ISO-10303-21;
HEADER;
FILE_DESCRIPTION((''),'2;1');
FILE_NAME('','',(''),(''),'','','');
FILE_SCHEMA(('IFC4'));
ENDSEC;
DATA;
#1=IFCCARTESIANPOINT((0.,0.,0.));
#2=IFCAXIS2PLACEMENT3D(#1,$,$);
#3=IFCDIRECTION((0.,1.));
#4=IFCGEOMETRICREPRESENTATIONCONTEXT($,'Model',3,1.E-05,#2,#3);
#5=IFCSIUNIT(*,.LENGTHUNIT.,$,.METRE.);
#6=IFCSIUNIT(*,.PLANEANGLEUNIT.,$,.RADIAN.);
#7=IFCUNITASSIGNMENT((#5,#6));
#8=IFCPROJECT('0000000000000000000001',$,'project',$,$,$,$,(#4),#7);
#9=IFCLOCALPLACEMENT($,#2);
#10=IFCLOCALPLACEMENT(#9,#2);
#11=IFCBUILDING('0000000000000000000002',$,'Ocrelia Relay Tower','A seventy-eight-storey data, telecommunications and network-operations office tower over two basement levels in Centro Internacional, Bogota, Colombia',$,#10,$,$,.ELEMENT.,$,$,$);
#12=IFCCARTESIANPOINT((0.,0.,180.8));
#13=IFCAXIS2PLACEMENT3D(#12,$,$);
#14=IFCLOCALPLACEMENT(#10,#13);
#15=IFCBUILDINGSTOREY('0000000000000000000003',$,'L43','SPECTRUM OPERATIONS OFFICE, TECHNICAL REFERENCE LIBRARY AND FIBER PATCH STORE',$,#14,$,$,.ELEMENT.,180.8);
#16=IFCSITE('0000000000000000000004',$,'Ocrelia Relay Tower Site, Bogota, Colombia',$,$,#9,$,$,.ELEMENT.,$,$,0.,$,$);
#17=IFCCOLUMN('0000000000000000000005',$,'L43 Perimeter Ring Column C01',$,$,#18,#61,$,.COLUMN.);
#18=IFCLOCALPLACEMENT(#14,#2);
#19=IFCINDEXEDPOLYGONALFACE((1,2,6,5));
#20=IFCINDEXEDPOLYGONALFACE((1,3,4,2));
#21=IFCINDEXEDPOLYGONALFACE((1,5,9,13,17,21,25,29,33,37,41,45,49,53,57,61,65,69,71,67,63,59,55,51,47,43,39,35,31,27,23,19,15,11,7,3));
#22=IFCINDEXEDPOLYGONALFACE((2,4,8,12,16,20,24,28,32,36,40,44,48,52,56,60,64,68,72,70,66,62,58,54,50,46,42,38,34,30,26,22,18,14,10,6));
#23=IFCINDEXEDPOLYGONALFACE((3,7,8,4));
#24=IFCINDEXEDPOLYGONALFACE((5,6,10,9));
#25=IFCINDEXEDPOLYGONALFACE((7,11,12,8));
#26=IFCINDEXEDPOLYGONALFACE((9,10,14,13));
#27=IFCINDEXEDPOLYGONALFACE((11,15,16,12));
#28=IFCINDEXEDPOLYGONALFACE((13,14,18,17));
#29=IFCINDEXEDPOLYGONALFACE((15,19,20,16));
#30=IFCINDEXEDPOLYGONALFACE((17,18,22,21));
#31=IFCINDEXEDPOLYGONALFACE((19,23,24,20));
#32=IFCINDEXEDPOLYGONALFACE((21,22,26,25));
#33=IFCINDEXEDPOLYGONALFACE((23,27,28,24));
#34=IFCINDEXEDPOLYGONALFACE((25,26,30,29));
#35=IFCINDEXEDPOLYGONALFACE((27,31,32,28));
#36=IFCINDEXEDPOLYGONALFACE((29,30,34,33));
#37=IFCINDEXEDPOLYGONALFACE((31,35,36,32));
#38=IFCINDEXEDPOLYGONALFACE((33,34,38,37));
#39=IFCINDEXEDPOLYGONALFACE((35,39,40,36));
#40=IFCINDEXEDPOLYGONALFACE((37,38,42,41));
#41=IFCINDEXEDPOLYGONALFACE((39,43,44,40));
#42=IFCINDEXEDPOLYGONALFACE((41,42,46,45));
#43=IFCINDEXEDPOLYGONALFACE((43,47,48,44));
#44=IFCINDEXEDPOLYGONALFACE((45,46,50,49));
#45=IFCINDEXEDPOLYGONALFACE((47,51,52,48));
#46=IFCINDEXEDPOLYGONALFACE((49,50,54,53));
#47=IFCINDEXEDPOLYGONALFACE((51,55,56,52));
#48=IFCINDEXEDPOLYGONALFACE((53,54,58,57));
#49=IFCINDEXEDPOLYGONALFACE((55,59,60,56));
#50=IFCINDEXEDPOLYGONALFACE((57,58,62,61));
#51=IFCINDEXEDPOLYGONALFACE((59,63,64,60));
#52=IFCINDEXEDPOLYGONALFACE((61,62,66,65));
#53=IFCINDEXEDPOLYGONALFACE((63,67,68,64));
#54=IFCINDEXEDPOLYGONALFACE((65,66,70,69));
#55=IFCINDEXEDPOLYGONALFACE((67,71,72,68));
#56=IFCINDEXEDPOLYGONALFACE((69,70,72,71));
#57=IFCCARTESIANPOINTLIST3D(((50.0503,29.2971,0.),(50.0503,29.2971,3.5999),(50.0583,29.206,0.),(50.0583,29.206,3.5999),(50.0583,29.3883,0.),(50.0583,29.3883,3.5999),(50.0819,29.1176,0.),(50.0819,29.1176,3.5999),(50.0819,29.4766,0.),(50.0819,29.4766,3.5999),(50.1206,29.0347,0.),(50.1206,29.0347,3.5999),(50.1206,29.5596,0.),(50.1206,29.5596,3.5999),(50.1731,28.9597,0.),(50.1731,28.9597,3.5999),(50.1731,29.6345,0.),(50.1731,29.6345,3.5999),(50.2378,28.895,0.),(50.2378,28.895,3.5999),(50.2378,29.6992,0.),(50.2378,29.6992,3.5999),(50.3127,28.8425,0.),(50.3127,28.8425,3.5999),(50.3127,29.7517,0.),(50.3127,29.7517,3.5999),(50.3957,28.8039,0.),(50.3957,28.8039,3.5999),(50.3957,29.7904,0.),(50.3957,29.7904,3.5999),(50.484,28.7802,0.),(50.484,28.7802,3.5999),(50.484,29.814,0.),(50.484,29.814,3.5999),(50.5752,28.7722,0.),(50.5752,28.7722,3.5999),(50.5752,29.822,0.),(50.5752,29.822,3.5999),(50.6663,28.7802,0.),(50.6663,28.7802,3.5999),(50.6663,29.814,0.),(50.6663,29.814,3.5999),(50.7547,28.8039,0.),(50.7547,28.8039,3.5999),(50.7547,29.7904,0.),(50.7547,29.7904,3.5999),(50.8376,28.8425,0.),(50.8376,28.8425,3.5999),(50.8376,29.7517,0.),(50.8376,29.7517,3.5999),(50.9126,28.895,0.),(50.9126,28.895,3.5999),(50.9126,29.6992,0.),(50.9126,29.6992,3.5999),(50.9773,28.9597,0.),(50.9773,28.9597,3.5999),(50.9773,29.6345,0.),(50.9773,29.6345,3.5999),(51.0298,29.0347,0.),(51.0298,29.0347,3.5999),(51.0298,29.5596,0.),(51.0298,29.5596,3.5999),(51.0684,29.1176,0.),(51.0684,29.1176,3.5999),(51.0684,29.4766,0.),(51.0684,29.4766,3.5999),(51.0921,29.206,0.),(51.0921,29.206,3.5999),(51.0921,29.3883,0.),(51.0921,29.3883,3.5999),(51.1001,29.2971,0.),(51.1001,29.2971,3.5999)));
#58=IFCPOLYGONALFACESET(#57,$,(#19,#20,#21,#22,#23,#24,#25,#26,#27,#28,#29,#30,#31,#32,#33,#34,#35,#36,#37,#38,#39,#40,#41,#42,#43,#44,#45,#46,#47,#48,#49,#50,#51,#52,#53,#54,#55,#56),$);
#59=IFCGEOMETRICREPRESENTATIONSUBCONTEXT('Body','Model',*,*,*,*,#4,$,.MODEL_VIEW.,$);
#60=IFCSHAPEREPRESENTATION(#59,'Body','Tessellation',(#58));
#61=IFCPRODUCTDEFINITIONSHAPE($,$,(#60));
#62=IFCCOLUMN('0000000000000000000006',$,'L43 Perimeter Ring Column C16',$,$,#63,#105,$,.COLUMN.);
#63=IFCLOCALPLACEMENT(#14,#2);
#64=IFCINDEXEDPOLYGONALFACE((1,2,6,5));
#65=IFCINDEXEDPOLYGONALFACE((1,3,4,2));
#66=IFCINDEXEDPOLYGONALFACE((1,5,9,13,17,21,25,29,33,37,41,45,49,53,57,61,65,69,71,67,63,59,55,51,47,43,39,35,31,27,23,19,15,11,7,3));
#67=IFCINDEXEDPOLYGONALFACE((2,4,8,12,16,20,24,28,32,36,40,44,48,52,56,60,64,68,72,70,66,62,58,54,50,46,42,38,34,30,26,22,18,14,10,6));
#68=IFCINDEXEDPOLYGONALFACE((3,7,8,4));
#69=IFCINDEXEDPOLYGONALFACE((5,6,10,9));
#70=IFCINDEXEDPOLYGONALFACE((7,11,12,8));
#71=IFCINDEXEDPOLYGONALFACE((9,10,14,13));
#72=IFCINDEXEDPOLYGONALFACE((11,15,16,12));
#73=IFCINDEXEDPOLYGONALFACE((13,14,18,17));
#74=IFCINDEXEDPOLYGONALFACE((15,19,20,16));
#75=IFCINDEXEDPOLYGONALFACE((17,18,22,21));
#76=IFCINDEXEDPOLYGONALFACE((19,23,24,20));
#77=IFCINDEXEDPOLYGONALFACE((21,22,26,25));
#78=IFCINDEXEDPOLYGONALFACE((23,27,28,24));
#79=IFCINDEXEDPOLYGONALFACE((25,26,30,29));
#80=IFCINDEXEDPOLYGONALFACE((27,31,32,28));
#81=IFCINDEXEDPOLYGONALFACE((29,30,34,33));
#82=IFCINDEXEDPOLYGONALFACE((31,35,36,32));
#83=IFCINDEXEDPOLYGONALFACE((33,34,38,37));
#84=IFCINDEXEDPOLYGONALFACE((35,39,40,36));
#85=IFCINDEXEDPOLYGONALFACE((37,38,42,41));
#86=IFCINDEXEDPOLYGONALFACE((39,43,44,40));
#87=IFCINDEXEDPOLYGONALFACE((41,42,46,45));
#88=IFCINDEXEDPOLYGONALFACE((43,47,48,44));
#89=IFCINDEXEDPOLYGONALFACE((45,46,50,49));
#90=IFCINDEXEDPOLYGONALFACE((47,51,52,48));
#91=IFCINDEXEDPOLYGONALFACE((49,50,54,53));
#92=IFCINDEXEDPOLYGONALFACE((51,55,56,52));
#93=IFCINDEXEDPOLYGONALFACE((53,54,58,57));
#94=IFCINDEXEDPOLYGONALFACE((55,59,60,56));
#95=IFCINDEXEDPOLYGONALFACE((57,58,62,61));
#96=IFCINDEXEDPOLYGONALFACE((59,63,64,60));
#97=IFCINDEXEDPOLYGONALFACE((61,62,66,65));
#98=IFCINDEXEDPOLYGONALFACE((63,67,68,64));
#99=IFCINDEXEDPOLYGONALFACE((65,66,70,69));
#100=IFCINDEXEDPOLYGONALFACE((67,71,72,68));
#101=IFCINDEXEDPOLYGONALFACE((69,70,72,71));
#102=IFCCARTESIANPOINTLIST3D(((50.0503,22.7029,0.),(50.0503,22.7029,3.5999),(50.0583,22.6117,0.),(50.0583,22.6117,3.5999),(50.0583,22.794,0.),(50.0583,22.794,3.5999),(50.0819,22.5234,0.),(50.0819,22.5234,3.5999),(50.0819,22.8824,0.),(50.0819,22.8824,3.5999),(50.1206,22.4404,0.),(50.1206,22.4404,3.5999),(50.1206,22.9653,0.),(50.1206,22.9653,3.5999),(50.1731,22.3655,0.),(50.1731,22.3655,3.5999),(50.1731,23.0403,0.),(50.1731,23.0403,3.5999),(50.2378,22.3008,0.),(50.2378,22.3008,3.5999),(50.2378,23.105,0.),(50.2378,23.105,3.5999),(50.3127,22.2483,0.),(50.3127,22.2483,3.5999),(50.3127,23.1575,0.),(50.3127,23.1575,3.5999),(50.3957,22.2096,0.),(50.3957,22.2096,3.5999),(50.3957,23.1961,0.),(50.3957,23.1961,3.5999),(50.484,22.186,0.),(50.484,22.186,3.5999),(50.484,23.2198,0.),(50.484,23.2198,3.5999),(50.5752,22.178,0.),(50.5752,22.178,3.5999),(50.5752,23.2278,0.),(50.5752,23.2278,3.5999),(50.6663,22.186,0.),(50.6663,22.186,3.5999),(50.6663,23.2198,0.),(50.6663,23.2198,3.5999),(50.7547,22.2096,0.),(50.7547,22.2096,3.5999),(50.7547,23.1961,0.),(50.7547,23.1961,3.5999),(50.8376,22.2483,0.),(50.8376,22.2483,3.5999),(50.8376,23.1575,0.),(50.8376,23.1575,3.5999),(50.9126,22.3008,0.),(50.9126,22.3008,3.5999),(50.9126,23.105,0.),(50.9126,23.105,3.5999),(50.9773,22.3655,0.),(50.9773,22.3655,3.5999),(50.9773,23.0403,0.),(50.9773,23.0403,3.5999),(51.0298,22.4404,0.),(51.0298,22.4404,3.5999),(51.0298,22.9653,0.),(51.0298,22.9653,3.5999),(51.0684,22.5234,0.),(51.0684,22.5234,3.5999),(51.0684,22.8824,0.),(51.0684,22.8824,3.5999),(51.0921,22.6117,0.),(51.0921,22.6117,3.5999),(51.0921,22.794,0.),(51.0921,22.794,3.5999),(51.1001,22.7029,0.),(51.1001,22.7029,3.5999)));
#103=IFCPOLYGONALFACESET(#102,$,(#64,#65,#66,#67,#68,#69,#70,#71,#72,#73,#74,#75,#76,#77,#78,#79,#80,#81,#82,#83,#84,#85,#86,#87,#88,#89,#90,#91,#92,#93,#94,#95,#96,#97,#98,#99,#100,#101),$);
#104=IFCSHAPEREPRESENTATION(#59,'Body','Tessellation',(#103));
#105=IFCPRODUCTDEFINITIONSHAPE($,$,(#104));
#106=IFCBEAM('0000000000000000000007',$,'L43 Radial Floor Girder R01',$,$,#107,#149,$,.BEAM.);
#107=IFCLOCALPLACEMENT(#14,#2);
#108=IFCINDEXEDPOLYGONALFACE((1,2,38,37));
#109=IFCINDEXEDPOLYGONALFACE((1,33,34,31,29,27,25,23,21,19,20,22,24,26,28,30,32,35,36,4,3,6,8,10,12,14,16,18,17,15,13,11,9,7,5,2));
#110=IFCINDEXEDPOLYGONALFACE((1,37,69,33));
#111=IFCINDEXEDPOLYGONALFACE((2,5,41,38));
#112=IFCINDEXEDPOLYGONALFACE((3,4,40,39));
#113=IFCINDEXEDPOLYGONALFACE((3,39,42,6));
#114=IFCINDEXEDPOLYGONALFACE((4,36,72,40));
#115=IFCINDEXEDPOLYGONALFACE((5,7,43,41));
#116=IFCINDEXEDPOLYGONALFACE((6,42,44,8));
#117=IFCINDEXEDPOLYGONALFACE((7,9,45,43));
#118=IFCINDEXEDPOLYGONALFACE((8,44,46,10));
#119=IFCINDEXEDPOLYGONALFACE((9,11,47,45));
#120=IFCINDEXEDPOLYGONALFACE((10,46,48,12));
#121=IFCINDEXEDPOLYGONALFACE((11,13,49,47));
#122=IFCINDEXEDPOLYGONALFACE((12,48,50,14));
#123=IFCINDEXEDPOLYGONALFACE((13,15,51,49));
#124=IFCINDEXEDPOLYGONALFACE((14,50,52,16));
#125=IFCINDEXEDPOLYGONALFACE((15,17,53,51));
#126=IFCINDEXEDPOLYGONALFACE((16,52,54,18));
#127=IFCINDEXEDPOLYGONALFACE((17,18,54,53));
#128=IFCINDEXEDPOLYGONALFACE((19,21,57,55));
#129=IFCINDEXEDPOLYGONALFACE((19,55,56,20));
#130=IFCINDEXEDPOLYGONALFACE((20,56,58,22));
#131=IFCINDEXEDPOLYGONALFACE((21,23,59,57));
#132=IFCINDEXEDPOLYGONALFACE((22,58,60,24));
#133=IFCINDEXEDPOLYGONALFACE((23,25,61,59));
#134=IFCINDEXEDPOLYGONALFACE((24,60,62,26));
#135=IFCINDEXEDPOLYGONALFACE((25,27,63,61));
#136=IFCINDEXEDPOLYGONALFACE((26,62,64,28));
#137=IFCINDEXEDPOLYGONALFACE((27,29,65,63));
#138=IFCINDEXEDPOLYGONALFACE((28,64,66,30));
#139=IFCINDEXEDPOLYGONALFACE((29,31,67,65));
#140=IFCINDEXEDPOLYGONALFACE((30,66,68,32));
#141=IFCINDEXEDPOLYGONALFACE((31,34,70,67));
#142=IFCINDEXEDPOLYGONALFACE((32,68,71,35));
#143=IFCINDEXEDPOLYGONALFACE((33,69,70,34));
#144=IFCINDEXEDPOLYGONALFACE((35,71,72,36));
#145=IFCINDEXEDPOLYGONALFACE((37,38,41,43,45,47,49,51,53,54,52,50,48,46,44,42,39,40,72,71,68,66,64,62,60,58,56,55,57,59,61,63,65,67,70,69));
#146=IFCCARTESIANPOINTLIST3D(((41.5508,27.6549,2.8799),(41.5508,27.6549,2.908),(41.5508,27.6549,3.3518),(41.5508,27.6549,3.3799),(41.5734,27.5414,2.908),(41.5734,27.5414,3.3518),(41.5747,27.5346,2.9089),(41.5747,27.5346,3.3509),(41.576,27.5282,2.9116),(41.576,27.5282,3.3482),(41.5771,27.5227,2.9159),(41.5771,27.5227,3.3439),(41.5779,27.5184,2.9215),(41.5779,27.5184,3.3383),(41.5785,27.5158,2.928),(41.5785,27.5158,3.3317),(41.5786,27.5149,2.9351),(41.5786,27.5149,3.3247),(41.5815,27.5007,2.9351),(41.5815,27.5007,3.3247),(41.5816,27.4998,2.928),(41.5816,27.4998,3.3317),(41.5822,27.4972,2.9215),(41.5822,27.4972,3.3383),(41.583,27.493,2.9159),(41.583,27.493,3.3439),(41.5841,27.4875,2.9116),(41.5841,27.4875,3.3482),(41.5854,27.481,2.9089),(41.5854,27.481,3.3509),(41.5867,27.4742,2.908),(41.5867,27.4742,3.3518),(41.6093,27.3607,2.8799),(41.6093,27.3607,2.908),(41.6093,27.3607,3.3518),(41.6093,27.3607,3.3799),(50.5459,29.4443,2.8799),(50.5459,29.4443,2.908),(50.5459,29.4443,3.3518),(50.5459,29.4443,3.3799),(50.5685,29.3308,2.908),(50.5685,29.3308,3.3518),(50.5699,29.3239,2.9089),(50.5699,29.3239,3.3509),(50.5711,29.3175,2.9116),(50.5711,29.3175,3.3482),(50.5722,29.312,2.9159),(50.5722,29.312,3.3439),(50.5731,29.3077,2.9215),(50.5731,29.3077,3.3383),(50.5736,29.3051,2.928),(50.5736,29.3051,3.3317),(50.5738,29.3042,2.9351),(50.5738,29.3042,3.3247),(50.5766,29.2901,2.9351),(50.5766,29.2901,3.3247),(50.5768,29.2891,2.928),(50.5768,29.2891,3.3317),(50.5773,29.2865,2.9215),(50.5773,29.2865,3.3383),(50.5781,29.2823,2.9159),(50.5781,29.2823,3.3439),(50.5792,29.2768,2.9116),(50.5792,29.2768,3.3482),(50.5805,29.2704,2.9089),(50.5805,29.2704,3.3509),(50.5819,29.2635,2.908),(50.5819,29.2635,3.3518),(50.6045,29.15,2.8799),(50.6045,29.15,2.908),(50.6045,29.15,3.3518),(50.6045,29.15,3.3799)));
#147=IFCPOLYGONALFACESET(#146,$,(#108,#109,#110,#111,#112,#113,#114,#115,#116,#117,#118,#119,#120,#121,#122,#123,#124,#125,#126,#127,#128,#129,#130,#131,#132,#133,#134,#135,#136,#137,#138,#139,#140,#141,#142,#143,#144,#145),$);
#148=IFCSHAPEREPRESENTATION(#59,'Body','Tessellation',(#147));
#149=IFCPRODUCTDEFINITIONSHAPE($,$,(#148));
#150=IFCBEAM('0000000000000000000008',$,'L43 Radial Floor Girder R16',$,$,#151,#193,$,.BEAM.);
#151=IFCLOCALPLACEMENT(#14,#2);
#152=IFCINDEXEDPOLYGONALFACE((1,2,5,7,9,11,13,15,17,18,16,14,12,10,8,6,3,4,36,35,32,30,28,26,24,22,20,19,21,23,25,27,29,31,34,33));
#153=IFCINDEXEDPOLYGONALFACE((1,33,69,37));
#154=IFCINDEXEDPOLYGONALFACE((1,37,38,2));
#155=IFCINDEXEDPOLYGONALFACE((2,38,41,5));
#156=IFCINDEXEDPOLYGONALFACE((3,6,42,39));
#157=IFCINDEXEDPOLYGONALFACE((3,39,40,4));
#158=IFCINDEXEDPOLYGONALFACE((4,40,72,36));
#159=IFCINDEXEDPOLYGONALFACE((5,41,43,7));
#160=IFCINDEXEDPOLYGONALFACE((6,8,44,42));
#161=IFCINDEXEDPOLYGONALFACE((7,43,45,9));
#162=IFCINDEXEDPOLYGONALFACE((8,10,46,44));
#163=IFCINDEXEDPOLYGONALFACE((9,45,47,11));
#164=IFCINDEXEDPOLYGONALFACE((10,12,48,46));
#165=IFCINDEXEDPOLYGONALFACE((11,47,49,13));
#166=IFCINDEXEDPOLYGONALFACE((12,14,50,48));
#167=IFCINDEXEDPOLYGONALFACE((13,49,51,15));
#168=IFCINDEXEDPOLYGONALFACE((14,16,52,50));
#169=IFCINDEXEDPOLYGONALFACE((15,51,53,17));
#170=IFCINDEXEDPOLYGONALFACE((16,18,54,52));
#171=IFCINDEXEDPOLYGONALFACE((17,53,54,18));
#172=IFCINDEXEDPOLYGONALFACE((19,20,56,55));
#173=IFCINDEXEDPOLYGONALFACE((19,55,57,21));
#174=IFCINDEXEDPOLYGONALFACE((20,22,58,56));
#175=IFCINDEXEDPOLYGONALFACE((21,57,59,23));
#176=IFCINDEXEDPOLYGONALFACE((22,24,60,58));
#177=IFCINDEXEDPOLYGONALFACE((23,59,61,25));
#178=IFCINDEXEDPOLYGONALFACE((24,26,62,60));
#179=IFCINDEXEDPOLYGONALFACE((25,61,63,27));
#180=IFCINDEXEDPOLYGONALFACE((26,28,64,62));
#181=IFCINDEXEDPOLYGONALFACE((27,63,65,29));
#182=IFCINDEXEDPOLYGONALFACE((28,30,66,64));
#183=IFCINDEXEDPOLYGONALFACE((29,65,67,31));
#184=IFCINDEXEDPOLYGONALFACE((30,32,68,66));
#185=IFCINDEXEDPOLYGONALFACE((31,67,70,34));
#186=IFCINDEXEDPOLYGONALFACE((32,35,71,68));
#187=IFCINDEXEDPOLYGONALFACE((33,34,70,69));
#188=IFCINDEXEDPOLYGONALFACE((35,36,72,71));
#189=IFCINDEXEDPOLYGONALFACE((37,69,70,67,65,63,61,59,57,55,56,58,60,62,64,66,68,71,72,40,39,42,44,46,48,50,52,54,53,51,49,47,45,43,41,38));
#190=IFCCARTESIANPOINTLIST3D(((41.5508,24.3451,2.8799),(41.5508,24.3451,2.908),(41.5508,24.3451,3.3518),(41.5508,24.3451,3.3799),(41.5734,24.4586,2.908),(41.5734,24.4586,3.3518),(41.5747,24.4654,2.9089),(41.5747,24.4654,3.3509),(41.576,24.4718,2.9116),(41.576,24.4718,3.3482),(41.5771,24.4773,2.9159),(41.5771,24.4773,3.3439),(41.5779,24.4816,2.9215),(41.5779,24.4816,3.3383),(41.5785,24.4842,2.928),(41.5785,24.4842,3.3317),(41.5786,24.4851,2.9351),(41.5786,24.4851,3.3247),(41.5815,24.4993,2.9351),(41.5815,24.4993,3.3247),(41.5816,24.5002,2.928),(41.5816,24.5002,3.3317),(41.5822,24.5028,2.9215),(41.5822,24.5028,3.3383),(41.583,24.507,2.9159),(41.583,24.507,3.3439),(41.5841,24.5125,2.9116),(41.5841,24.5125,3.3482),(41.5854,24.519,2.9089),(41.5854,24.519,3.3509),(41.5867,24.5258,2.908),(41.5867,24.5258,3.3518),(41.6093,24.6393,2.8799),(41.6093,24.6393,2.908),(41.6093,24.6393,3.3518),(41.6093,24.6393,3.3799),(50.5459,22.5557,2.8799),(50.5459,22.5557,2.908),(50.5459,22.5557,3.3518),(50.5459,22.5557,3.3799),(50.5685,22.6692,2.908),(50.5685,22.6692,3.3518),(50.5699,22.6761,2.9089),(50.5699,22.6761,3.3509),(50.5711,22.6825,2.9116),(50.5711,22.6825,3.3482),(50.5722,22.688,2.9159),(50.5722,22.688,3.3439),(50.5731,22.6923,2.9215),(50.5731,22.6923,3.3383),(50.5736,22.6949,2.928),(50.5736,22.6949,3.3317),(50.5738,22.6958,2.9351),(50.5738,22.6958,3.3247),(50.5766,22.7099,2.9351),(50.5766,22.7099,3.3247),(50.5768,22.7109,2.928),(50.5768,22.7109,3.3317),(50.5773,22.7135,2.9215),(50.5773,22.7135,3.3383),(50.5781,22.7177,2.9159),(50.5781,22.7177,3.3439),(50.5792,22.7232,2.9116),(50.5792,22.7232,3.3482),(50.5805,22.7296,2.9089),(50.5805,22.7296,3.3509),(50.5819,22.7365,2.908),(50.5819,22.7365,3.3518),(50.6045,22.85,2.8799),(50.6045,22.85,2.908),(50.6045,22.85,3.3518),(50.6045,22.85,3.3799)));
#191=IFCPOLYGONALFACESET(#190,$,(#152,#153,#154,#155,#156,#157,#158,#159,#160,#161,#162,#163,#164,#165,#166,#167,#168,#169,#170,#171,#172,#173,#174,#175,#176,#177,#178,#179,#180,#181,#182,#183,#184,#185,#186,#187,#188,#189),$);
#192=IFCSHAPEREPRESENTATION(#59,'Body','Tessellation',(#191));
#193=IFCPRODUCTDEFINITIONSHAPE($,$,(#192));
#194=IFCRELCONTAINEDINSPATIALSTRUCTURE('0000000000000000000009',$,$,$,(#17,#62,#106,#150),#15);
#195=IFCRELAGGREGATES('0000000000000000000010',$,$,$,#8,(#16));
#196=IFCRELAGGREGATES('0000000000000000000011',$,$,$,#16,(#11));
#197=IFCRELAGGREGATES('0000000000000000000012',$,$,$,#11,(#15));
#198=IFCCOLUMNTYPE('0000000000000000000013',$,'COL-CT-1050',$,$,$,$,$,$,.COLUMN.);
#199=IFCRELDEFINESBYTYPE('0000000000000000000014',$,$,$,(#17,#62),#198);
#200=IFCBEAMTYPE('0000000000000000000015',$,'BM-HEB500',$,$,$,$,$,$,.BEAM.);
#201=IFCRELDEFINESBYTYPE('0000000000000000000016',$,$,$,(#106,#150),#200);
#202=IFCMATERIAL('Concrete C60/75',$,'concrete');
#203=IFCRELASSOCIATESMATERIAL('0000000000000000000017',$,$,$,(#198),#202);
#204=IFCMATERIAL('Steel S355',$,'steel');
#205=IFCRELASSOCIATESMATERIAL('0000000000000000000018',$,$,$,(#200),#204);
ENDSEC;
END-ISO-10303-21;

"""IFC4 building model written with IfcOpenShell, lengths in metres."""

from ifc_helpers import new_model, si_unit, direction, frame, origin, origin_2d, place, context, subcontext, project, spatial, circle, i_section, extrude, material, material_profile, profile_set, type_object, element, save


model = new_model("IFC4")

# Units and contexts
model_context = context("Model", 3, precision=1e-05, world=origin(), true_north=direction((0.0, 1.0)))
body_context = subcontext(model_context, "Body", "Model", "MODEL_VIEW")
ifc_project = project(units=[si_unit("LENGTHUNIT", "METRE"), si_unit("PLANEANGLEUNIT", "RADIAN")], contexts=[model_context])

# Site, building, storey
site_placement = place(None, origin())
site = spatial("IfcSite", under=ifc_project, at=site_placement, Name="Ocrelia Relay Tower Site, Bogota, Colombia", CompositionType="ELEMENT", RefElevation=0.0)
building_placement = place(site_placement, origin())
building = spatial("IfcBuilding", under=site, at=building_placement, Name="Ocrelia Relay Tower", Description="A seventy-eight-storey data, telecommunications and network-operations office tower over two basement levels in Centro Internacional, Bogota, Colombia", CompositionType="ELEMENT")
storey_placement = place(building_placement, frame((0.0, 0.0, 180.8)))
storey = spatial("IfcBuildingStorey", under=building, at=storey_placement, Name="L43", Description="SPECTRUM OPERATIONS OFFICE, TECHNICAL REFERENCE LIBRARY AND FIBER PATCH STORE", CompositionType="ELEMENT", Elevation=180.8)

# Columns
ifc_material_1 = material(Name="Concrete C60/75", Category="concrete")
ifc_material_profile_1 = material_profile(ifc_material_1, circle(Radius=0.5249, at=origin_2d()), Name="RC-CIR-1050")
ifc_profile_set_1 = profile_set([ifc_material_profile_1], Name="Concrete C60/75")
column_type = type_object("IfcColumnType", Name="COL-CT-1050", PredefinedType="COLUMN", material=ifc_profile_set_1)
for number, where, z_axis, x_axis, name in (
    (1, (50.5752, 29.2971, 0.0), (0.0, 0.0, 1.0), (1.0, 0.0, 0.0), "L43 Perimeter Ring Column C01"),
    (2, (50.5752, 22.7029, 0.0), (0.0, 0.0, 1.0), (1.0, 0.0, 0.0), "L43 Perimeter Ring Column C16"),
):
    element("IfcColumn", number, at=place(storey_placement, frame(where, z_axis=z_axis, x_axis=x_axis)), inside=storey, type_object=column_type, Name=name, PredefinedType="COLUMN", context=body_context, shape_type="SweptSolid", body=[
        extrude(circle(Radius=0.5249, at=origin_2d()), origin(), (0.0, 0.0, 1.0), 3.5999),
    ])

# Beams
ifc_material_2 = material(Name="Steel S355", Category="steel")
ifc_material_profile_2 = material_profile(ifc_material_2, i_section(OverallWidth=0.3, OverallDepth=0.5, WebThickness=0.0144, FlangeThickness=0.0281, FilletRadius=0.0271, at=origin_2d()), Name="HEB 500")
ifc_profile_set_2 = profile_set([ifc_material_profile_2], Name="Steel S355")
beam_type_1 = type_object("IfcBeamType", Name="BM-HEB500", PredefinedType="BEAM", material=ifc_profile_set_2)
for number, where, z_axis, x_axis, name in (
    (3, (50.5752, 29.2971, 3.1299), (-0.980784, -0.195097, 0.0), (0.195097, -0.980784, 0.0), "L43 Radial Floor Girder R01"),
    (4, (50.5752, 22.7029, 3.1299), (-0.980784, 0.195097, 0.0), (-0.195097, -0.980784, 0.0), "L43 Radial Floor Girder R16"),
):
    element("IfcBeam", number, at=place(storey_placement, frame(where, z_axis=z_axis, x_axis=x_axis)), inside=storey, type_object=beam_type_1, Name=name, PredefinedType="BEAM", context=body_context, shape_type="SweptSolid", body=[
        extrude(i_section(OverallWidth=0.3, OverallDepth=0.5, WebThickness=0.0144, FlangeThickness=0.0281, FilletRadius=0.0271, at=origin_2d()), origin(), (0.0, 0.0, 1.0), 9.1714),
    ])

save(model, "model.ifc")
